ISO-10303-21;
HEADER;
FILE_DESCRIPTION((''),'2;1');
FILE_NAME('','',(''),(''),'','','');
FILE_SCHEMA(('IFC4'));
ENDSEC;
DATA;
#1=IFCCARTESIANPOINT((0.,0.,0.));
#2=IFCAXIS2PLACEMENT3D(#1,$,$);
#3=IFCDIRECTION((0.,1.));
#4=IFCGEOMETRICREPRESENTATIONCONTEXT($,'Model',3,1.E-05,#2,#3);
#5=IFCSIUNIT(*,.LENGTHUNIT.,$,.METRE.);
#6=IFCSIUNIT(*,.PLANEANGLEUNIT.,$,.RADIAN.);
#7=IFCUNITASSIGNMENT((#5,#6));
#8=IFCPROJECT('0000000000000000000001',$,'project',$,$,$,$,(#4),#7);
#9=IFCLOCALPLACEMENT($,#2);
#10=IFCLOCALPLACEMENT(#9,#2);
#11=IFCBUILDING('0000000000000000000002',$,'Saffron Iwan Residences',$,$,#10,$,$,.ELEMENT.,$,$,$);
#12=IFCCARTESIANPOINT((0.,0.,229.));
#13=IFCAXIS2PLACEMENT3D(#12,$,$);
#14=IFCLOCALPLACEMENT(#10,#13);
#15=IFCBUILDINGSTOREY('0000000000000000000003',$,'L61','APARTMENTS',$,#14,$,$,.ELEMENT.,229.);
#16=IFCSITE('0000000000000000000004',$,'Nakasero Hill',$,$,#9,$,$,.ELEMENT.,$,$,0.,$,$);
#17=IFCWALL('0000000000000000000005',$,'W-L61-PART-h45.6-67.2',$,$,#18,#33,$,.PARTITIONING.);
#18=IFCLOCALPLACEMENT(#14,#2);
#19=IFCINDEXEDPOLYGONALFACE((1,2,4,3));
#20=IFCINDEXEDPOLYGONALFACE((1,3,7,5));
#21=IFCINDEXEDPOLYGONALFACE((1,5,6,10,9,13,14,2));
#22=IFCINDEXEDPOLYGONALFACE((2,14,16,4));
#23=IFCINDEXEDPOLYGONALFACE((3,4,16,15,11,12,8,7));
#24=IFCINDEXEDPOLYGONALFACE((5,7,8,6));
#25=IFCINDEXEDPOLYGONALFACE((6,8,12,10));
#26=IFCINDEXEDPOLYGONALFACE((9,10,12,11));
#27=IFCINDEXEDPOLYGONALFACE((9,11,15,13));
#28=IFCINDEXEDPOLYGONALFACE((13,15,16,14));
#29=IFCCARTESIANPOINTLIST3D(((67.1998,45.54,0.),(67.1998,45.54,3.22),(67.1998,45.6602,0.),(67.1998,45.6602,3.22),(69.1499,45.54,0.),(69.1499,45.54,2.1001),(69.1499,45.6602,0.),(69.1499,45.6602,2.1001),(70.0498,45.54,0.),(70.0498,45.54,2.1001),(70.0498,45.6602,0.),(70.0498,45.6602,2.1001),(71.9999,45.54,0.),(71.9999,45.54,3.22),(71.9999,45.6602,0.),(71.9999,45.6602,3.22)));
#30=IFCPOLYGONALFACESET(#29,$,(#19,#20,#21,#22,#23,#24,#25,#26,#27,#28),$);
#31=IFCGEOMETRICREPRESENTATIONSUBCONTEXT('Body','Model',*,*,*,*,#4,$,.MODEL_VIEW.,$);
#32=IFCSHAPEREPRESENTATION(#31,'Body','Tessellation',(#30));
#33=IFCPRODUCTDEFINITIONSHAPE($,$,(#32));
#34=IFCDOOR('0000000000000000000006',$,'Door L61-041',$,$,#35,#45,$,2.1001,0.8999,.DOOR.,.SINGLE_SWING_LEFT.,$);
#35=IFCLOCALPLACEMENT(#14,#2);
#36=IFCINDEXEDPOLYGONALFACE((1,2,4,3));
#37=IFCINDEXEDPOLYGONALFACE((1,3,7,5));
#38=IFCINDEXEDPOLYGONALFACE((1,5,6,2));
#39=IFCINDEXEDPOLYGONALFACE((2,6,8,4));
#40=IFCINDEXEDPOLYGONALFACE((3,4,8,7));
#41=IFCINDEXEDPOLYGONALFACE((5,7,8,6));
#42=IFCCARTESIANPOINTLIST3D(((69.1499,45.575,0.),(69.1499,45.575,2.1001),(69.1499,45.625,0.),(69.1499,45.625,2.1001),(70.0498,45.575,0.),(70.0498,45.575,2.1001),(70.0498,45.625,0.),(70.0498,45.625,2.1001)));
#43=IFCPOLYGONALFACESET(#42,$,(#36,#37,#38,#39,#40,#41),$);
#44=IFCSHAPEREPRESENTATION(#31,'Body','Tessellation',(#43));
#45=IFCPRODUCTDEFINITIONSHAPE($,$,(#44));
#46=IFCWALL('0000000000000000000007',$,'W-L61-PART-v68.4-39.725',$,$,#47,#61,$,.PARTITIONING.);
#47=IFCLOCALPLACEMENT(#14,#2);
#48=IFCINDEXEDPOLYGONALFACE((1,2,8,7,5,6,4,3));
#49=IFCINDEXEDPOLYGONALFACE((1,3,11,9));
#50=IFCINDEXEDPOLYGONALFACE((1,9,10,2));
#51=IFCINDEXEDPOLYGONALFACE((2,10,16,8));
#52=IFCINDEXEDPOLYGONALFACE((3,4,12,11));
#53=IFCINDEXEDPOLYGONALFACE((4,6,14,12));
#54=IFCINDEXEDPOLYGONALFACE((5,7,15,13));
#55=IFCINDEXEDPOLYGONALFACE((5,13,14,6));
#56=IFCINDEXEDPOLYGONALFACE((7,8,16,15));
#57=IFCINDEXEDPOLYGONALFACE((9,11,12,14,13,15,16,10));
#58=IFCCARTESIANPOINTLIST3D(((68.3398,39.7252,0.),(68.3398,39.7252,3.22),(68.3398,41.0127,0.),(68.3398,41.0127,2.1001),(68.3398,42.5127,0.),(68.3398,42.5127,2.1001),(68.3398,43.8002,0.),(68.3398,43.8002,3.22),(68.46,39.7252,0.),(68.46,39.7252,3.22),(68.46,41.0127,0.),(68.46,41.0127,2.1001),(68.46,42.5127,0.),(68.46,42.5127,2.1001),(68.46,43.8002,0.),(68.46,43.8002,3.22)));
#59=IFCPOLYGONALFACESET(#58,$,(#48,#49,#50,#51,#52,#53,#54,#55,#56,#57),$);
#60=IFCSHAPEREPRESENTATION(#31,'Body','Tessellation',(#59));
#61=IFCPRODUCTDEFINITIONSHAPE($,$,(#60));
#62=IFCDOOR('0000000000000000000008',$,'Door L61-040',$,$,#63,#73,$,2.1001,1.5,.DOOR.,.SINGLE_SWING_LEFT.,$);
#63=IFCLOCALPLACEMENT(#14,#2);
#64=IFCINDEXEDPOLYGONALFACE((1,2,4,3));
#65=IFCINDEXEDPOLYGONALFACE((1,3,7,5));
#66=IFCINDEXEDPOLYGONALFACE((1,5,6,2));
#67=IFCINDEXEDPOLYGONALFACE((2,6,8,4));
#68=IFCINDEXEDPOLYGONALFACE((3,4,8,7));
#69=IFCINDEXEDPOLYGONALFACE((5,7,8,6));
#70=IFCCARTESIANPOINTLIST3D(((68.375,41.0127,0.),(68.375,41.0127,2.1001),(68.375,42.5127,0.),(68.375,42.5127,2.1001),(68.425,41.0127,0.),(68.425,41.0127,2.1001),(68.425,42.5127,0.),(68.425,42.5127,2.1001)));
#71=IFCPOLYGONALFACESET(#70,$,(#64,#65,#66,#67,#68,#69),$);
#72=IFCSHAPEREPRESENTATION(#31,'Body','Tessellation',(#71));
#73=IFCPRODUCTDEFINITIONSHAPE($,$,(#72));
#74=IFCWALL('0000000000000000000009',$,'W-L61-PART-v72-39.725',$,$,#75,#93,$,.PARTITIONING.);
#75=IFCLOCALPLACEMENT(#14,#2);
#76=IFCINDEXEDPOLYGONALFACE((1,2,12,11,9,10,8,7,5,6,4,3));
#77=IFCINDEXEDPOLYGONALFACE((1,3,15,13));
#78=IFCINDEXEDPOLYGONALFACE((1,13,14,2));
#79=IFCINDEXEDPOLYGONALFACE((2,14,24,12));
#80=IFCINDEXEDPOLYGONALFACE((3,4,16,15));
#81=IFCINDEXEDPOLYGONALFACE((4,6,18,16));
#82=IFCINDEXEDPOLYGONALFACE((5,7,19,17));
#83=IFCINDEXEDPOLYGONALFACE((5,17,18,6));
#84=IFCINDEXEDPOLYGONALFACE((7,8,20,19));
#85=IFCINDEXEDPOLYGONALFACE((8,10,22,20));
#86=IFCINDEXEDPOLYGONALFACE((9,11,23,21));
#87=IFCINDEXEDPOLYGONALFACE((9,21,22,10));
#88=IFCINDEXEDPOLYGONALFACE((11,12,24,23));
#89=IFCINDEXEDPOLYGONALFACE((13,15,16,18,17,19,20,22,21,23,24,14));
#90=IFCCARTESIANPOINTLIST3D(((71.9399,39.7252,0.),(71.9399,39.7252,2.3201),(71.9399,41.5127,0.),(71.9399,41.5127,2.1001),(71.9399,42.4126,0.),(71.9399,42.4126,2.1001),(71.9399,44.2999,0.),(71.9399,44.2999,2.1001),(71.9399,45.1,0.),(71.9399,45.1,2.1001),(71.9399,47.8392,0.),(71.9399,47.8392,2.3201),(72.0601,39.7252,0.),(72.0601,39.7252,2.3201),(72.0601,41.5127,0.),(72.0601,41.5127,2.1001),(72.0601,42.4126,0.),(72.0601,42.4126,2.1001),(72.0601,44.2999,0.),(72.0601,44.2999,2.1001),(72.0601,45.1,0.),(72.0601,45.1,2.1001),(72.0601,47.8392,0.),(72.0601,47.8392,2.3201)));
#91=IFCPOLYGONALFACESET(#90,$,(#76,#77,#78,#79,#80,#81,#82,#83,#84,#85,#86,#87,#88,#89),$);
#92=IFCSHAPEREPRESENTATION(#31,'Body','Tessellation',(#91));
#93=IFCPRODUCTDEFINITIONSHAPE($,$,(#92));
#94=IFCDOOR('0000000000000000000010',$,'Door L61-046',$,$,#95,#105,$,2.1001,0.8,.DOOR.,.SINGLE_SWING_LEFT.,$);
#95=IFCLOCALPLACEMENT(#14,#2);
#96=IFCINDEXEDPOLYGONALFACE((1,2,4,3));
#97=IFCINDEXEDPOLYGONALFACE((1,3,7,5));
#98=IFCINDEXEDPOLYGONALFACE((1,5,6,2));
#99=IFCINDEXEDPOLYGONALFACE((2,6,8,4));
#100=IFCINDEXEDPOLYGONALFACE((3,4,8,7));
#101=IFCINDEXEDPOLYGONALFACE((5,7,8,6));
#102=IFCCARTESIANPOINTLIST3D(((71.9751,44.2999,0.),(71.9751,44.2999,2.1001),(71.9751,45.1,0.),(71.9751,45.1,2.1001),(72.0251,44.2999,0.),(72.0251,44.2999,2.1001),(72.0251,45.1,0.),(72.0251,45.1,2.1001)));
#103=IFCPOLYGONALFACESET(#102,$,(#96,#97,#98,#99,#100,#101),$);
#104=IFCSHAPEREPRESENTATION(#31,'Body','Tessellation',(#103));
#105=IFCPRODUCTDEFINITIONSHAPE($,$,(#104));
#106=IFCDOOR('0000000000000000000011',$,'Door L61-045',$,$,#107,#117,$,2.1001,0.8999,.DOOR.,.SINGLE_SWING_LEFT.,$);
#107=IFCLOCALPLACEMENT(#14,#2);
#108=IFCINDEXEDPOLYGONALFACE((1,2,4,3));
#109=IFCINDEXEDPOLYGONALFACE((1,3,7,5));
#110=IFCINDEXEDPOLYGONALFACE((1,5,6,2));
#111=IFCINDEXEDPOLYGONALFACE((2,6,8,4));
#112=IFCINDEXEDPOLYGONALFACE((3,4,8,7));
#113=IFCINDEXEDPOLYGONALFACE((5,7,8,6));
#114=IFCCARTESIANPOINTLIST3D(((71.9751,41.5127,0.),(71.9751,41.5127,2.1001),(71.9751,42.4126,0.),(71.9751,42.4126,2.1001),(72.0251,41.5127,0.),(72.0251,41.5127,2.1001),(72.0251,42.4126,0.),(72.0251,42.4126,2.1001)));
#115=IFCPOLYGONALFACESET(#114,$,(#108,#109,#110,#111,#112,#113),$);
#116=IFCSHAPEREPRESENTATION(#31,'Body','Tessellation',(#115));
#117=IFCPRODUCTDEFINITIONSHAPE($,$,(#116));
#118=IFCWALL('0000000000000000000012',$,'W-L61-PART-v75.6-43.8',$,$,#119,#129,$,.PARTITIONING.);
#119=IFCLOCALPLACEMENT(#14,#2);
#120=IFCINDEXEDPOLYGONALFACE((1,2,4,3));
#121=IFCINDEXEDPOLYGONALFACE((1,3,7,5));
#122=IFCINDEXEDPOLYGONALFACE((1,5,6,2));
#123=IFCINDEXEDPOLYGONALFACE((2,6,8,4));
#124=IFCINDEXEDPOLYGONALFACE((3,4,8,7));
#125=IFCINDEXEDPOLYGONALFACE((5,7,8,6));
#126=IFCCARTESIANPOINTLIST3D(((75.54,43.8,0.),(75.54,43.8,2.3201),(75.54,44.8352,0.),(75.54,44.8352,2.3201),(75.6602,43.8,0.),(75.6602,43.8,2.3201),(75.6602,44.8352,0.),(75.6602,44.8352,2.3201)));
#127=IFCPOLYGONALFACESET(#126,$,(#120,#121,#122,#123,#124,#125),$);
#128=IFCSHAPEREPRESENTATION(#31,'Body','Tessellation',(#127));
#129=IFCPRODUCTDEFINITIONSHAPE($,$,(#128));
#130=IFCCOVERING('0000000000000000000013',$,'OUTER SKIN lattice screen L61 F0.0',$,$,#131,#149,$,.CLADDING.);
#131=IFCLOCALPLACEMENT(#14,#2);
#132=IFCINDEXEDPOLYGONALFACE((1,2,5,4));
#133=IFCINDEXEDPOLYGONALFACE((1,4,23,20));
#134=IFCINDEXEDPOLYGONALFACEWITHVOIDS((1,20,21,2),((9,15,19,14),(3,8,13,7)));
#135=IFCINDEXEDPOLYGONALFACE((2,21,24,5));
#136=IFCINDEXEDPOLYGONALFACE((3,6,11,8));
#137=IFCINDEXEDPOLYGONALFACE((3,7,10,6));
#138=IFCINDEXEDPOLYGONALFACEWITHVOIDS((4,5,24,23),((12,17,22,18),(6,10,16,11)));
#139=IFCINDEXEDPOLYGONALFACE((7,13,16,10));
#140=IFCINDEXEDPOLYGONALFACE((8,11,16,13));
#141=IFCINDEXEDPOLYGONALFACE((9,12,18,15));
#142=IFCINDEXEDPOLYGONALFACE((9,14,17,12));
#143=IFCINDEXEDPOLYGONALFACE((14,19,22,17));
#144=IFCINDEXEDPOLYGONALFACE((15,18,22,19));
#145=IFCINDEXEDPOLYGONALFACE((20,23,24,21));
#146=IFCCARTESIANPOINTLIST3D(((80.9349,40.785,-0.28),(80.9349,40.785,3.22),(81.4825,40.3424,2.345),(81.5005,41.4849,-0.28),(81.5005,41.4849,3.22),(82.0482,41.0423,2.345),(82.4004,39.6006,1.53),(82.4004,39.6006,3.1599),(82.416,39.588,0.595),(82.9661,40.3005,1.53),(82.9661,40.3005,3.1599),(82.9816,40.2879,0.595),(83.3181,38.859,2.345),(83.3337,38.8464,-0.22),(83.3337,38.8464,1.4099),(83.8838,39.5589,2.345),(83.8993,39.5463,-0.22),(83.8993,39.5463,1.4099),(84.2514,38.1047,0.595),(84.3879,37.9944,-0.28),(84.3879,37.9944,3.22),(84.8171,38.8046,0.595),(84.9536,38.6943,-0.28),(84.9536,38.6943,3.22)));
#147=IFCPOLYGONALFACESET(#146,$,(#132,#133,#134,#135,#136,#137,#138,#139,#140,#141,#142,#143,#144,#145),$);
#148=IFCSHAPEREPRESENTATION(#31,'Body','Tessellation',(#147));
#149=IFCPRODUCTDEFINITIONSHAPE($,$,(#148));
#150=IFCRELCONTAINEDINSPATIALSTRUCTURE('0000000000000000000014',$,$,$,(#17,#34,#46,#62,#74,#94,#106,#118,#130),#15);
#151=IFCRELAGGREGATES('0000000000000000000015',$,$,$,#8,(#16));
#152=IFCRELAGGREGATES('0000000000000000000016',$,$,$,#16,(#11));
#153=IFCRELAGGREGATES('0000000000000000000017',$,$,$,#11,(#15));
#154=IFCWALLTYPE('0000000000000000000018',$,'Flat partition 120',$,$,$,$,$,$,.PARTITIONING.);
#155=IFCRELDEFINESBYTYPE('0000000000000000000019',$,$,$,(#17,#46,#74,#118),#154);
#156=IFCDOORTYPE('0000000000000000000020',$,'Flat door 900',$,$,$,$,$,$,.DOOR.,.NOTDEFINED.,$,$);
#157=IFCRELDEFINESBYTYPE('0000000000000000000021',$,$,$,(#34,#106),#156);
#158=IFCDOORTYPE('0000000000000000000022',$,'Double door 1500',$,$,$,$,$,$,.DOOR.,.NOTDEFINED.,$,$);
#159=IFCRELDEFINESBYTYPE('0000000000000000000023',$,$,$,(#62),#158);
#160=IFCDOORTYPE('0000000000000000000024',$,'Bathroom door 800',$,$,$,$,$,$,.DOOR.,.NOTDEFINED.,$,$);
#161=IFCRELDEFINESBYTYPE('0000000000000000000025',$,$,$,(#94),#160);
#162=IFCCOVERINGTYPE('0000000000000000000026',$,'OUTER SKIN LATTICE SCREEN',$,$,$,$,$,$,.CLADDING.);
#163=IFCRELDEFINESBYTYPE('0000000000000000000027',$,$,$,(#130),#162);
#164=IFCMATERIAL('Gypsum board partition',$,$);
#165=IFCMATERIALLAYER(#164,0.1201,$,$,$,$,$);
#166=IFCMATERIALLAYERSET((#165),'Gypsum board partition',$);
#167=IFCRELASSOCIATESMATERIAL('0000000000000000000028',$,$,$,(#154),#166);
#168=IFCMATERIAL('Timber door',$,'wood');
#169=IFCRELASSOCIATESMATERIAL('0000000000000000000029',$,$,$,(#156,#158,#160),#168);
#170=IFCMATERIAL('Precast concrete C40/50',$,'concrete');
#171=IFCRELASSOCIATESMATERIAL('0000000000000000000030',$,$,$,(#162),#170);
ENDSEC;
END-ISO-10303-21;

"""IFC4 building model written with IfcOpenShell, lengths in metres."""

from ifc_helpers import new_model, si_unit, direction, frame, frame_2d, origin, place, context, subcontext, project, spatial, polyline, rectangle, outline, extrude, material, layer, layer_set, type_object, element, fill, save


model = new_model("IFC4")

# Units and contexts
model_context = context("Model", 3, precision=1e-05, world=origin(), true_north=direction((0.0, 1.0)))
body_context = subcontext(model_context, "Body", "Model", "MODEL_VIEW")
ifc_project = project(units=[si_unit("LENGTHUNIT", "METRE"), si_unit("PLANEANGLEUNIT", "RADIAN")], contexts=[model_context])

# Site, building, storey
site_placement = place(None, origin())
site = spatial("IfcSite", under=ifc_project, at=site_placement, Name="Nakasero Hill", CompositionType="ELEMENT", RefElevation=0.0)
building_placement = place(site_placement, origin())
building = spatial("IfcBuilding", under=site, at=building_placement, Name="Saffron Iwan Residences", CompositionType="ELEMENT")
storey_placement = place(building_placement, frame((0.0, 0.0, 229.0)))
storey = spatial("IfcBuildingStorey", under=building, at=storey_placement, Name="L61", Description="APARTMENTS", CompositionType="ELEMENT", Elevation=229.0)

# Walls, openings, doors
ifc_material_1 = material(Name="Gypsum board partition")
ifc_layer_1 = layer(ifc_material_1, 0.1201)
ifc_layer_set_1 = layer_set([ifc_layer_1], Name="Gypsum board partition")
wall_type_1 = type_object("IfcWallType", Name="Flat partition 120", PredefinedType="PARTITIONING", material=ifc_layer_set_1)
wall_1_placement = place(storey_placement, frame((67.2, 45.6001, 0.0), z_axis=(0.0, 0.0, 1.0), x_axis=(1.0, 0.0, 0.0)))
wall_1 = element("IfcWall", 1, at=wall_1_placement, inside=storey, type_object=wall_type_1, Name="W-L61-PART-h45.6-67.2", PredefinedType="PARTITIONING", context=body_context, shape_type="SweptSolid", body=[
    extrude(rectangle(XDim=4.8, YDim=0.1201, at=frame_2d((2.3999, 0.0))), origin(), (0.0, 0.0, 1.0), 3.22),
])
opening_1_placement = place(wall_1_placement, frame((1.95, 0.0, 0.0)))
opening_1 = element("IfcOpeningElement", 2, at=opening_1_placement, cuts=wall_1, PredefinedType="OPENING", context=body_context, shape_type="SweptSolid", body=[
    extrude(rectangle(XDim=0.8999, YDim=2.1001, at=frame_2d((0.45, 1.05))), frame((0.0, 0.0701, 0.0), z_axis=(0.0, -1.0, 0.0), x_axis=(1.0, 0.0, 0.0)), (0.0, 0.0, 1.0), 0.1401),
])
ifc_material_2 = material(Name="Timber door", Category="wood")
door_type_1 = type_object("IfcDoorType", Name="Flat door 900", OperationType="NOTDEFINED", PredefinedType="DOOR", material=ifc_material_2)
door_1_placement = place(opening_1_placement, origin())
door_1 = element("IfcDoor", 3, at=door_1_placement, inside=storey, type_object=door_type_1, Name="Door L61-041", OperationType="SINGLE_SWING_LEFT", OverallHeight=2.1001, OverallWidth=0.8999, PredefinedType="DOOR", context=body_context, shape_type="SweptSolid", body=[
    extrude(rectangle(XDim=0.8999, YDim=2.1001, at=frame_2d((0.45, 1.05))), frame((0.0, 0.0249, 0.0), z_axis=(0.0, -1.0, 0.0), x_axis=(1.0, 0.0, 0.0)), (0.0, 0.0, 1.0), 0.05),
])
fill(opening_1, door_1)
wall_2_placement = place(storey_placement, frame((68.3999, 39.7251, 0.0), z_axis=(0.0, 0.0, 1.0), x_axis=(0.0, 1.0, 0.0)))
wall_2 = element("IfcWall", 4, at=wall_2_placement, inside=storey, type_object=wall_type_1, Name="W-L61-PART-v68.4-39.725", PredefinedType="PARTITIONING", context=body_context, shape_type="SweptSolid", body=[
    extrude(rectangle(XDim=4.075, YDim=0.1201, at=frame_2d((2.0376, 0.0))), origin(), (0.0, 0.0, 1.0), 3.22),
])
opening_2_placement = place(wall_2_placement, frame((1.2876, 0.0, 0.0)))
opening_2 = element("IfcOpeningElement", 5, at=opening_2_placement, cuts=wall_2, PredefinedType="OPENING", context=body_context, shape_type="SweptSolid", body=[
    extrude(rectangle(XDim=1.5, YDim=2.1001, at=frame_2d((0.75, 1.05))), frame((0.0, 0.0701, 0.0), z_axis=(0.0, -1.0, 0.0), x_axis=(1.0, 0.0, 0.0)), (0.0, 0.0, 1.0), 0.1401),
])
door_type_2 = type_object("IfcDoorType", Name="Double door 1500", OperationType="NOTDEFINED", PredefinedType="DOOR", material=ifc_material_2)
door_2_placement = place(opening_2_placement, origin())
door_2 = element("IfcDoor", 6, at=door_2_placement, inside=storey, type_object=door_type_2, Name="Door L61-040", OperationType="SINGLE_SWING_LEFT", OverallHeight=2.1001, OverallWidth=1.5, PredefinedType="DOOR", context=body_context, shape_type="SweptSolid", body=[
    extrude(rectangle(XDim=1.5, YDim=2.1001, at=frame_2d((0.75, 1.05))), frame((0.0, 0.0249, 0.0), z_axis=(0.0, -1.0, 0.0), x_axis=(1.0, 0.0, 0.0)), (0.0, 0.0, 1.0), 0.05),
])
fill(opening_2, door_2)

# Wall, openings, doors
wall_3_placement = place(storey_placement, frame((72.0, 39.7251, 0.0), z_axis=(0.0, 0.0, 1.0), x_axis=(0.0, 1.0, 0.0)))
wall_3 = element("IfcWall", 7, at=wall_3_placement, inside=storey, type_object=wall_type_1, Name="W-L61-PART-v72-39.725", PredefinedType="PARTITIONING", context=body_context, shape_type="SweptSolid", body=[
    extrude(rectangle(XDim=8.114, YDim=0.1201, at=frame_2d((4.0571, 0.0))), origin(), (0.0, 0.0, 1.0), 2.3201),
])
opening_3_placement = place(wall_3_placement, frame((1.7876, 0.0, 0.0)))
opening_3 = element("IfcOpeningElement", 8, at=opening_3_placement, cuts=wall_3, PredefinedType="OPENING", context=body_context, shape_type="SweptSolid", body=[
    extrude(rectangle(XDim=0.8999, YDim=2.1001, at=frame_2d((0.45, 1.05))), frame((0.0, 0.0701, 0.0), z_axis=(0.0, -1.0, 0.0), x_axis=(1.0, 0.0, 0.0)), (0.0, 0.0, 1.0), 0.1401),
])
opening_4_placement = place(wall_3_placement, frame((4.575, 0.0, 0.0)))
opening_4 = element("IfcOpeningElement", 9, at=opening_4_placement, cuts=wall_3, PredefinedType="OPENING", context=body_context, shape_type="SweptSolid", body=[
    extrude(rectangle(XDim=0.8, YDim=2.1001, at=frame_2d((0.3999, 1.05))), frame((0.0, 0.0701, 0.0), z_axis=(0.0, -1.0, 0.0), x_axis=(1.0, 0.0, 0.0)), (0.0, 0.0, 1.0), 0.1401),
])
door_type_3 = type_object("IfcDoorType", Name="Bathroom door 800", OperationType="NOTDEFINED", PredefinedType="DOOR", material=ifc_material_2)
door_3_placement = place(opening_4_placement, origin())
door_3 = element("IfcDoor", 10, at=door_3_placement, inside=storey, type_object=door_type_3, Name="Door L61-046", OperationType="SINGLE_SWING_LEFT", OverallHeight=2.1001, OverallWidth=0.8, PredefinedType="DOOR", context=body_context, shape_type="SweptSolid", body=[
    extrude(rectangle(XDim=0.8, YDim=2.1001, at=frame_2d((0.3999, 1.05))), frame((0.0, 0.0249, 0.0), z_axis=(0.0, -1.0, 0.0), x_axis=(1.0, 0.0, 0.0)), (0.0, 0.0, 1.0), 0.05),
])
fill(opening_4, door_3)
door_4_placement = place(opening_3_placement, origin())
door_4 = element("IfcDoor", 11, at=door_4_placement, inside=storey, type_object=door_type_1, Name="Door L61-045", OperationType="SINGLE_SWING_LEFT", OverallHeight=2.1001, OverallWidth=0.8999, PredefinedType="DOOR", context=body_context, shape_type="SweptSolid", body=[
    extrude(rectangle(XDim=0.8999, YDim=2.1001, at=frame_2d((0.45, 1.05))), frame((0.0, 0.0249, 0.0), z_axis=(0.0, -1.0, 0.0), x_axis=(1.0, 0.0, 0.0)), (0.0, 0.0, 1.0), 0.05),
])
fill(opening_3, door_4)

# Wall
wall_4_placement = place(storey_placement, frame((75.6001, 43.8, 0.0), z_axis=(0.0, 0.0, 1.0), x_axis=(0.0, 1.0, 0.0)))
element("IfcWall", 12, at=wall_4_placement, inside=storey, type_object=wall_type_1, Name="W-L61-PART-v75.6-43.8", PredefinedType="PARTITIONING", context=body_context, shape_type="SweptSolid", body=[
    extrude(rectangle(XDim=1.0352, YDim=0.1201, at=frame_2d((0.5176, 0.0))), origin(), (0.0, 0.0, 1.0), 2.3201),
])

# Covering
ifc_material_3 = material(Name="Precast concrete C40/50", Category="concrete")
covering_type = type_object("IfcCoveringType", Name="OUTER SKIN LATTICE SCREEN", PredefinedType="CLADDING", material=ifc_material_3)
covering_1_placement = place(storey_placement, frame((84.3879, 37.9944, -0.28), z_axis=(0.628558, 0.777763, 0.0), x_axis=(-0.777763, 0.628558, 0.0)))
element("IfcCovering", 13, at=covering_1_placement, inside=storey, type_object=covering_type, Name="OUTER SKIN lattice screen L61 F0.0", PredefinedType="CLADDING", context=body_context, shape_type="SweptSolid", body=[
    extrude(outline(polyline([(0.0, 0.0), (4.4397, 0.0), (4.4397, 3.5), (0.0, 3.5), (0.0, 0.0)]), holes=[polyline([(0.1755, 0.875), (1.3555, 0.0601), (2.5354, 0.875), (1.3555, 1.6899), (0.1755, 0.875)]), polyline([(1.3755, 2.625), (2.5554, 1.8101), (3.7356, 2.625), (2.5554, 3.4399), (1.3755, 2.625)])]), origin(), (0.0, 0.0, 1.0), 0.8999),
])

save(model, "model.ifc")
